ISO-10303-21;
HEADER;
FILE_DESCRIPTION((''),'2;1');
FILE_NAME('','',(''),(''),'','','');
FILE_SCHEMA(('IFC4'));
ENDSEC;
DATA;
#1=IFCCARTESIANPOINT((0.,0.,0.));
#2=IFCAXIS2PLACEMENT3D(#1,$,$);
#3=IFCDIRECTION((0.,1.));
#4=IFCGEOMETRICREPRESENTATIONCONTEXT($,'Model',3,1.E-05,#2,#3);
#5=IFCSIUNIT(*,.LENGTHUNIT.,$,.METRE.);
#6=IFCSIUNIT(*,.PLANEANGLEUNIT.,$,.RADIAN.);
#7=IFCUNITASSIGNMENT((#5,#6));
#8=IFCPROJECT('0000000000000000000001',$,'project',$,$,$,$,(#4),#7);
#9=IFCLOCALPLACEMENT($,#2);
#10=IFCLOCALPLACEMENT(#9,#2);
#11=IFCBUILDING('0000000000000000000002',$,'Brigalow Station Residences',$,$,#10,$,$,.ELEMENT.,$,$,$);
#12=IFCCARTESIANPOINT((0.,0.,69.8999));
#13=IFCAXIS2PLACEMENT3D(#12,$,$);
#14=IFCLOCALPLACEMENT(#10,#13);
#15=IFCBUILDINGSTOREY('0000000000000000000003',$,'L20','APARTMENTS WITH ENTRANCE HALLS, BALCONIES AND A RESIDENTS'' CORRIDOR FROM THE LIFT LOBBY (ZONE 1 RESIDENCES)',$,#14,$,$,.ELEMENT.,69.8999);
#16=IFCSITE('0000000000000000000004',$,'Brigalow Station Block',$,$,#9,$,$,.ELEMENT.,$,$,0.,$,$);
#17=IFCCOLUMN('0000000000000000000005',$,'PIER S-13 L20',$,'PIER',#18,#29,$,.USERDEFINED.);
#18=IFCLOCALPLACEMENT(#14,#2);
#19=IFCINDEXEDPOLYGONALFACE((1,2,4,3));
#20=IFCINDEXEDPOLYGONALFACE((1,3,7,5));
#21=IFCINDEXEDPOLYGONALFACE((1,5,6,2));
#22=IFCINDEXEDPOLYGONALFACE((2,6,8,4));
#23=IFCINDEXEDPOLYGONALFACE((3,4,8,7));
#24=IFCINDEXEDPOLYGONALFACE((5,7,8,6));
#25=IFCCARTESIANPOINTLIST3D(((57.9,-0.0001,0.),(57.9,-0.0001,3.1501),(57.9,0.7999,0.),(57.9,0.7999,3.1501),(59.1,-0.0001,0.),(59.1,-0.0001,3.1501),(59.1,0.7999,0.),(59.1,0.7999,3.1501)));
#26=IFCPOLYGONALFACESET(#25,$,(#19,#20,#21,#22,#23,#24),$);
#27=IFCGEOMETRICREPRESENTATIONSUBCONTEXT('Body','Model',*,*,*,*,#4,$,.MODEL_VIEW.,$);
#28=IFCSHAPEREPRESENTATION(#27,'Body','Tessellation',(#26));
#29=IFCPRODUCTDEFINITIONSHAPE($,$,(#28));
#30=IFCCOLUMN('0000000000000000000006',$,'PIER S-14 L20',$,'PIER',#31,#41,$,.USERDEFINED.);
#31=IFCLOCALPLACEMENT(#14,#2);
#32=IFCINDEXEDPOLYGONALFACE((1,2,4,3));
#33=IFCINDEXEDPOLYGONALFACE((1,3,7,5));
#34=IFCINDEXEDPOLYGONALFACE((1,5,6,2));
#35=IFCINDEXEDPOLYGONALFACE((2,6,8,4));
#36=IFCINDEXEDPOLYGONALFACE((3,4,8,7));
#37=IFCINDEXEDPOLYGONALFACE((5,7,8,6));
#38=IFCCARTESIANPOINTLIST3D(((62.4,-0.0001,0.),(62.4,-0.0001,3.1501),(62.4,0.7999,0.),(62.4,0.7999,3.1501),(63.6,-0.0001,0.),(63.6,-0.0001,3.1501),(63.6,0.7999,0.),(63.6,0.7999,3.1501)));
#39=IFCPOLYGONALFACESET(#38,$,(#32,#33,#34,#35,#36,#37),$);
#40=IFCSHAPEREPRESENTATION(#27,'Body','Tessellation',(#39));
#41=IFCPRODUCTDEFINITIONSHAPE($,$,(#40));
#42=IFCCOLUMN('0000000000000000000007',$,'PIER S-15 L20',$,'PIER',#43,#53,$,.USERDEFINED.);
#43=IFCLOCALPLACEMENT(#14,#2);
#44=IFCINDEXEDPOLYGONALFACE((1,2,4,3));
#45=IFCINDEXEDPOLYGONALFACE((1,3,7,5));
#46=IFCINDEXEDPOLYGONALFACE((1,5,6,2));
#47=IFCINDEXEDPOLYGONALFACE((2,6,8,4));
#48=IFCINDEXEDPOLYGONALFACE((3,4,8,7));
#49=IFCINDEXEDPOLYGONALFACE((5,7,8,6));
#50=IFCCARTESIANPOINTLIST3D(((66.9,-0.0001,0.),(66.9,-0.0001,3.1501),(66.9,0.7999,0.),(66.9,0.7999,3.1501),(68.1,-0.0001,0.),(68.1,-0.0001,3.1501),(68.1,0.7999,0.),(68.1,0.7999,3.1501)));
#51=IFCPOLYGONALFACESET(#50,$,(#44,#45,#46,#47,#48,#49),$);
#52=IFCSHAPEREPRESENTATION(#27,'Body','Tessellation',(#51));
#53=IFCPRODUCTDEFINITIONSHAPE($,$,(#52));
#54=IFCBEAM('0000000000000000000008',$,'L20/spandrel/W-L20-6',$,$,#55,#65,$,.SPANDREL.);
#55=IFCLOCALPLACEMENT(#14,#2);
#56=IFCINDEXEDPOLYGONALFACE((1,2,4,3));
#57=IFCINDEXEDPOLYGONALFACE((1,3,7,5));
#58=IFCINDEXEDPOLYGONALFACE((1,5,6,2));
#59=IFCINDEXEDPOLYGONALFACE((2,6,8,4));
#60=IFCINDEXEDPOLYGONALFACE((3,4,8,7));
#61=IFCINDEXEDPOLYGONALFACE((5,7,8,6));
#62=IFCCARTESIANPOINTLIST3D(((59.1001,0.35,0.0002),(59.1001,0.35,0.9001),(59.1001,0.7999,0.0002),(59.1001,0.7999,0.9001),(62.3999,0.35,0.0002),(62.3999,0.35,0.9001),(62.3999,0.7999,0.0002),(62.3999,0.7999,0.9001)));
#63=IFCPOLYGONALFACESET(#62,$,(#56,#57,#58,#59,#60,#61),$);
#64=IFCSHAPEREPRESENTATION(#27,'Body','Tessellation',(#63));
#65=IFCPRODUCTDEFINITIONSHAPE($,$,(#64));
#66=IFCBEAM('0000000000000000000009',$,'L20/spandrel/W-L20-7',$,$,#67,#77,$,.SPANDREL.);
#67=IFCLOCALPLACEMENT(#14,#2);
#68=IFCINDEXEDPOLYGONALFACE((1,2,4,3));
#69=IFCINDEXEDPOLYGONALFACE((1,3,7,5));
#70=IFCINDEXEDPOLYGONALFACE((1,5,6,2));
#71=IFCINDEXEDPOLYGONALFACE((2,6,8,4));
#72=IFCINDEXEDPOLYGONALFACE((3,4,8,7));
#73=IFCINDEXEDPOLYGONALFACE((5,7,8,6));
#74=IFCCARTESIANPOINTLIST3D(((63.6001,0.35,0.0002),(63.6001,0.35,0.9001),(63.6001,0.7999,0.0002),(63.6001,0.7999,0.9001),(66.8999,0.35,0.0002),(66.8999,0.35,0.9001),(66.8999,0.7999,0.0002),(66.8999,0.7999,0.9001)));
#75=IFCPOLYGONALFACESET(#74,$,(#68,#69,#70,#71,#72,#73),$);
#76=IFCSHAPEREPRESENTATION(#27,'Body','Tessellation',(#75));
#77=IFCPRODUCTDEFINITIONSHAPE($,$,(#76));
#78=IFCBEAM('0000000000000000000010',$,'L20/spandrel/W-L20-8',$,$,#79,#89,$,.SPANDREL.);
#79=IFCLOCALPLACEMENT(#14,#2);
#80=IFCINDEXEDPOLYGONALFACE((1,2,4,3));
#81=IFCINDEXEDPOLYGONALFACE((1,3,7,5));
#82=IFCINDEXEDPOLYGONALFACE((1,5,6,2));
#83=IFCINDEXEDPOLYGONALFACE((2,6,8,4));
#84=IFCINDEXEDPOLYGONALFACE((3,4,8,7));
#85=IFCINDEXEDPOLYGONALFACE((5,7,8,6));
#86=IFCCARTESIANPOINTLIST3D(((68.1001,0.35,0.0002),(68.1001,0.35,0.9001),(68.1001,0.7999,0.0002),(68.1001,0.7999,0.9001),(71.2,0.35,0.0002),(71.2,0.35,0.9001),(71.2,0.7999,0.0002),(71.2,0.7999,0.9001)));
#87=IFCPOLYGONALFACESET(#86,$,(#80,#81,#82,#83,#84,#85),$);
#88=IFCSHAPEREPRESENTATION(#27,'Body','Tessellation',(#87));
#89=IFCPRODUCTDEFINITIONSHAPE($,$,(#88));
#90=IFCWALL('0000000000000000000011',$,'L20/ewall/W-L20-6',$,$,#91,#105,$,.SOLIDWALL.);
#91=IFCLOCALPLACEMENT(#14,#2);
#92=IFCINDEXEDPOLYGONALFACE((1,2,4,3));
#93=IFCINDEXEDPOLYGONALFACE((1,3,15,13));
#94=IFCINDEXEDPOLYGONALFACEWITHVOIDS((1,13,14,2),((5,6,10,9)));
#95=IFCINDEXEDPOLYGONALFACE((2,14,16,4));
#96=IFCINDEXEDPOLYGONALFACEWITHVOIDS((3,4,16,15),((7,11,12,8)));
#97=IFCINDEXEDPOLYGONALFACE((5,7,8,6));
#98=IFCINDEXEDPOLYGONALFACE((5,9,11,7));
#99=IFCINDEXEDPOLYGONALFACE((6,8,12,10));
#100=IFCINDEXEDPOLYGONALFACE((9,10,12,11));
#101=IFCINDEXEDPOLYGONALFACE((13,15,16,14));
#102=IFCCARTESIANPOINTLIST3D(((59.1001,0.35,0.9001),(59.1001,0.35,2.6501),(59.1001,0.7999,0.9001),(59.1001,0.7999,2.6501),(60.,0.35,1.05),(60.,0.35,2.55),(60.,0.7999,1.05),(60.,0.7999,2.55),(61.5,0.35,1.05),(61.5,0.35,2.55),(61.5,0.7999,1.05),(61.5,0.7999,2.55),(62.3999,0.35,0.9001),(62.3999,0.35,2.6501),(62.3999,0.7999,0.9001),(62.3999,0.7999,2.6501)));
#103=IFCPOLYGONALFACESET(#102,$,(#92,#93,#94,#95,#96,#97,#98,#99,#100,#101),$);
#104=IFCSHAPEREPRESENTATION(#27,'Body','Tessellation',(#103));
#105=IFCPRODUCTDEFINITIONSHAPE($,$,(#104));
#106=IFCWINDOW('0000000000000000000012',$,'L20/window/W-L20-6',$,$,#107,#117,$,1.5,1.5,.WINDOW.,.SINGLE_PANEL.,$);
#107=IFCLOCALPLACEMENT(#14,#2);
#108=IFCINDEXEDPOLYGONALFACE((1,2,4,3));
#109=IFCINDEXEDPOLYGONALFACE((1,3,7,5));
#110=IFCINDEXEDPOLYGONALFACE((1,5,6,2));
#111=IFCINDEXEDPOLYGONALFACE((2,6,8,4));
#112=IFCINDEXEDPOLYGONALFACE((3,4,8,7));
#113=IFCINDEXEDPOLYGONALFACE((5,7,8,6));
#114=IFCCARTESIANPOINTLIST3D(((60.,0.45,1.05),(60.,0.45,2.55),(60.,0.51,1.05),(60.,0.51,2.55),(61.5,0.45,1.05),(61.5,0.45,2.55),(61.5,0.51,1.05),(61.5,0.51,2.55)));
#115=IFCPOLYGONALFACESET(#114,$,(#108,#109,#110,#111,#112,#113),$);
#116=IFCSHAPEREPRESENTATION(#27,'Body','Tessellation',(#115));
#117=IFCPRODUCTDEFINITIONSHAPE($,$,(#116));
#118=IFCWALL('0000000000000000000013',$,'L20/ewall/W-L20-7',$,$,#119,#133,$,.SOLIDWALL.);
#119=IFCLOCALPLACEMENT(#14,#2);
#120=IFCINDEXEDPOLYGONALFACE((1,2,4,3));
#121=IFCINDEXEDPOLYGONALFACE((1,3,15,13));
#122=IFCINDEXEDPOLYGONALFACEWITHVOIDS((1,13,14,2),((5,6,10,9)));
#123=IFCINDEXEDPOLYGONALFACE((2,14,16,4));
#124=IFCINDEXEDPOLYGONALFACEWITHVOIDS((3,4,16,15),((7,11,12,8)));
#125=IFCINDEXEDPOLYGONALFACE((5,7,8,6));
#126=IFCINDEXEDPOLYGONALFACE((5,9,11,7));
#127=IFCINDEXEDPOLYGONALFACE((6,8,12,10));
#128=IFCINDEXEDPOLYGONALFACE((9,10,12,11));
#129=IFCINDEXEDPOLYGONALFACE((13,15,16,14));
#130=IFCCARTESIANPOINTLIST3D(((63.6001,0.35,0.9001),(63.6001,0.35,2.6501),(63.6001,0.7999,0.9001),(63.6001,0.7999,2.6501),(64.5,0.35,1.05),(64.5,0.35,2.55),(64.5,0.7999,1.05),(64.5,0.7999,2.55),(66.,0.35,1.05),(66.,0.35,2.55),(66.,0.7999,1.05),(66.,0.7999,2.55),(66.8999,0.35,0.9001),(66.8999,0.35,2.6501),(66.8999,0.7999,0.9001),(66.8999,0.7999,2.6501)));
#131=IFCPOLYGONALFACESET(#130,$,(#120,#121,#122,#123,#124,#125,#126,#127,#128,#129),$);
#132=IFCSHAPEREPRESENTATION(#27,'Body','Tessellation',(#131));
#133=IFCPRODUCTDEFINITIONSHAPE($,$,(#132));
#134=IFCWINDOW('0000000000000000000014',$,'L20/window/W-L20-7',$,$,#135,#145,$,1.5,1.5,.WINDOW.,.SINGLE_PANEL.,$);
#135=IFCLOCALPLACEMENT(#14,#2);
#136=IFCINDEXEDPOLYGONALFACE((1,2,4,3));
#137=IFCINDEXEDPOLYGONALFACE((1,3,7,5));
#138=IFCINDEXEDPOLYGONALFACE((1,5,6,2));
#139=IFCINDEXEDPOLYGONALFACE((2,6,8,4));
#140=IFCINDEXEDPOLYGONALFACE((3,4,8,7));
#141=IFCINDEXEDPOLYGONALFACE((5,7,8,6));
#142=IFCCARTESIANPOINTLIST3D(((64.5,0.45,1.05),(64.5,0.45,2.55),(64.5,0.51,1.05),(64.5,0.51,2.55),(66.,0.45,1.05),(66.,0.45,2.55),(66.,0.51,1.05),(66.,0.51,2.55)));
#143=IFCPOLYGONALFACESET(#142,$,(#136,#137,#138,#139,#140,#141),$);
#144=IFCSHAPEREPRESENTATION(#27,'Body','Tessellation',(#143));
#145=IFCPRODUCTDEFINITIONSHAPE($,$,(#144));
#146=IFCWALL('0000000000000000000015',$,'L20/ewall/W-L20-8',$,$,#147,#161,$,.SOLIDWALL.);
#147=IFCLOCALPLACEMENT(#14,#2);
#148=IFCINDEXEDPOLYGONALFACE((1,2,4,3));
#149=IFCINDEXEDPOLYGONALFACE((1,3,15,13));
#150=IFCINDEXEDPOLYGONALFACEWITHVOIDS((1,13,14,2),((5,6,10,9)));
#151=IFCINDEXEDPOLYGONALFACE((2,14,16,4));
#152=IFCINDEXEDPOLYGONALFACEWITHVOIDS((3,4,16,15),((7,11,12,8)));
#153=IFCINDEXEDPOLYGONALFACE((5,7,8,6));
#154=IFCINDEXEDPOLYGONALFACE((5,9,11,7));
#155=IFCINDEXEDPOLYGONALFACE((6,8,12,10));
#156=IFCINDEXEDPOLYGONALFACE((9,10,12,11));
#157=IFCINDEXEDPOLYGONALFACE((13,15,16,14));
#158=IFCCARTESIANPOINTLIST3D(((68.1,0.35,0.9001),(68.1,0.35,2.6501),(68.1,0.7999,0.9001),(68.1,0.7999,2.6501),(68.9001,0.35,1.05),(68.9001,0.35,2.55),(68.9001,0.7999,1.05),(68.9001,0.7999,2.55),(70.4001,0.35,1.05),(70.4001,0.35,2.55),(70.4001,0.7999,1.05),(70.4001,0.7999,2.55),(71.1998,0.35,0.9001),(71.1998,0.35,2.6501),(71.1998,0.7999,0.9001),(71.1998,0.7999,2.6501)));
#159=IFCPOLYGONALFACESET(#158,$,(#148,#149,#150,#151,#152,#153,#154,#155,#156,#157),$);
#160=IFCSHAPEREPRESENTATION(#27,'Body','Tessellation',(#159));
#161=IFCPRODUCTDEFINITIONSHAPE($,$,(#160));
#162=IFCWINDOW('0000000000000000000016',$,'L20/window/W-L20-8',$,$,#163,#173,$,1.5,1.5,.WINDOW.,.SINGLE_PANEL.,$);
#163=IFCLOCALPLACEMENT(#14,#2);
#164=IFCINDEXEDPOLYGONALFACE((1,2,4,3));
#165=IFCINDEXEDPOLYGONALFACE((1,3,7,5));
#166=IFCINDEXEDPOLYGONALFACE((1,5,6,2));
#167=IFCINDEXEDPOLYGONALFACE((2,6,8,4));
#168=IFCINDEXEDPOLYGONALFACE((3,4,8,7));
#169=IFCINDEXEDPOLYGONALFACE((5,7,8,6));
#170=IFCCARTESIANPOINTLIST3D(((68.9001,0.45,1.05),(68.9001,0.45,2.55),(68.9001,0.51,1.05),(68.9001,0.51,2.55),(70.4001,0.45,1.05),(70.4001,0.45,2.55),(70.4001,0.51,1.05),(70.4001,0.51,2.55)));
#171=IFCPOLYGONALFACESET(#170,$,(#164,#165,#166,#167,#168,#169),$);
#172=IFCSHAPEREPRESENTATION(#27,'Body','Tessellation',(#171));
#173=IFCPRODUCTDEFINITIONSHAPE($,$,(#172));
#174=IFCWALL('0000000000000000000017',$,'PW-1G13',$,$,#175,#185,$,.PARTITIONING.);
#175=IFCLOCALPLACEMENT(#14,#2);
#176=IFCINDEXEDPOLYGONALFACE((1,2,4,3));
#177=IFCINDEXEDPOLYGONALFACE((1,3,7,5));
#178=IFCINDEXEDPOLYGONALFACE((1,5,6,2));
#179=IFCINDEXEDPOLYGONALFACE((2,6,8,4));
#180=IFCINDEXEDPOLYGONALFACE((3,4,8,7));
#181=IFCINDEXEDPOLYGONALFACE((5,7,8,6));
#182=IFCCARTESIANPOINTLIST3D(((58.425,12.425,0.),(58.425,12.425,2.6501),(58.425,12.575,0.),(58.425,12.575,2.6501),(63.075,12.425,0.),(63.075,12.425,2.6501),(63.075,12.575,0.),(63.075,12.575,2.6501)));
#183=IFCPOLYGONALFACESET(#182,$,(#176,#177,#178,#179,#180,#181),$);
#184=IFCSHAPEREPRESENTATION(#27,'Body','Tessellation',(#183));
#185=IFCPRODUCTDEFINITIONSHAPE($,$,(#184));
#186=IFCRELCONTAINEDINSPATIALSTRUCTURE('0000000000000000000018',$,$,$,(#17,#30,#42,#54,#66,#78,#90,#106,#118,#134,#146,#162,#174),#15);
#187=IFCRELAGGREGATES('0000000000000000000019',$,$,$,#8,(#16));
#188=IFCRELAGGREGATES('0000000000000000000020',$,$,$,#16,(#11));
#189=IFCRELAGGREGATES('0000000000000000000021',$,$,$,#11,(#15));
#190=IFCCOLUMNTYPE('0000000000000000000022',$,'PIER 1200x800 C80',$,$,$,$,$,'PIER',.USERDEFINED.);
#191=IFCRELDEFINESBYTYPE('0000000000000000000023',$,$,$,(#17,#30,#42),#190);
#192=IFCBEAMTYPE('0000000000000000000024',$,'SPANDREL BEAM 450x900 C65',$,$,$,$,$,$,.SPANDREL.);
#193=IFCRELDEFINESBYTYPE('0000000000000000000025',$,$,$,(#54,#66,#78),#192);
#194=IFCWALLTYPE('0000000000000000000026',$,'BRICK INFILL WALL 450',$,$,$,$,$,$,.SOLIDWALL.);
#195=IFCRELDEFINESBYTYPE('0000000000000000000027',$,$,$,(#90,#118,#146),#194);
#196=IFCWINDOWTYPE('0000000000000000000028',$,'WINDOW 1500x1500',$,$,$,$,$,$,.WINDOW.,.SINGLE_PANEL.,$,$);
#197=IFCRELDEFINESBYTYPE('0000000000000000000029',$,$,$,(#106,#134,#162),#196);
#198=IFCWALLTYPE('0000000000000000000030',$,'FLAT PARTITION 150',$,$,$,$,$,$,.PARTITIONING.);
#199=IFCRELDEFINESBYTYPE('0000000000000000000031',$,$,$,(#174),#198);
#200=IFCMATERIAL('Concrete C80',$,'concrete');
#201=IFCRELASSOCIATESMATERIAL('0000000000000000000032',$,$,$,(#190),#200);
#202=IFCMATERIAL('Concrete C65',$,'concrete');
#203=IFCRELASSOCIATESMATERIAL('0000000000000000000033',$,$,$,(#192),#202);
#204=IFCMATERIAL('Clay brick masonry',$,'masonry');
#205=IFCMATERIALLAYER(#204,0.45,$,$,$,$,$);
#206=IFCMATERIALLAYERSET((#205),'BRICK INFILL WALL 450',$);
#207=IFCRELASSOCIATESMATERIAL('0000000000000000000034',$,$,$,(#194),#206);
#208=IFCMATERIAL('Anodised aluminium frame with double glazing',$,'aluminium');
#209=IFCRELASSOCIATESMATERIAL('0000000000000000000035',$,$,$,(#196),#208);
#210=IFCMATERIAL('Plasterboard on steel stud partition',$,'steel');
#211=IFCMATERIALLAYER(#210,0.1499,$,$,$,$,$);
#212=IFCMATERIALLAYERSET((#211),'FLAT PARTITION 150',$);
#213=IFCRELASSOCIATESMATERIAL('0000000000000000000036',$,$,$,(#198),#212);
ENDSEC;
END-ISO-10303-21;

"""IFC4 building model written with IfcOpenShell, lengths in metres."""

from ifc_helpers import new_model, si_unit, direction, frame, frame_2d, origin, origin_2d, place, context, subcontext, project, spatial, rectangle, extrude, material, layer, layer_set, material_profile, profile_set, type_object, element, fill, save


model = new_model("IFC4")

# Units and contexts
model_context = context("Model", 3, precision=1e-05, world=origin(), true_north=direction((0.0, 1.0)))
body_context = subcontext(model_context, "Body", "Model", "MODEL_VIEW")
ifc_project = project(units=[si_unit("LENGTHUNIT", "METRE"), si_unit("PLANEANGLEUNIT", "RADIAN")], contexts=[model_context])

# Site, building, storey
site_placement = place(None, origin())
site = spatial("IfcSite", under=ifc_project, at=site_placement, Name="Brigalow Station Block", CompositionType="ELEMENT", RefElevation=0.0)
building_placement = place(site_placement, origin())
building = spatial("IfcBuilding", under=site, at=building_placement, Name="Brigalow Station Residences", CompositionType="ELEMENT")
storey_placement = place(building_placement, frame((0.0, 0.0, 69.8999)))
storey = spatial("IfcBuildingStorey", under=building, at=storey_placement, Name="L20", Description="APARTMENTS WITH ENTRANCE HALLS, BALCONIES AND A RESIDENTS' CORRIDOR FROM THE LIFT LOBBY (ZONE 1 RESIDENCES)", CompositionType="ELEMENT", Elevation=69.8999)

# Columns
ifc_material_1 = material(Name="Concrete C80", Category="concrete")
ifc_material_profile_1 = material_profile(ifc_material_1, rectangle(XDim=1.2, YDim=0.8, at=origin_2d()), Name="RC1200x800")
ifc_profile_set_1 = profile_set([ifc_material_profile_1], Name="Concrete C80")
column_type = type_object("IfcColumnType", Name="PIER 1200x800 C80", ElementType="PIER", PredefinedType="USERDEFINED", material=ifc_profile_set_1)
for number, where, z_axis, x_axis, name in (
    (1, (58.5, 0.3999, 0.0), (0.0, 0.0, 1.0), (1.0, 0.0, 0.0), "PIER S-13 L20"),
    (2, (63.0, 0.3999, 0.0), (0.0, 0.0, 1.0), (1.0, 0.0, 0.0), "PIER S-14 L20"),
    (3, (67.5, 0.3999, 0.0), (0.0, 0.0, 1.0), (1.0, 0.0, 0.0), "PIER S-15 L20"),
):
    element("IfcColumn", number, at=place(storey_placement, frame(where, z_axis=z_axis, x_axis=x_axis)), inside=storey, type_object=column_type, Name=name, ObjectType="PIER", PredefinedType="USERDEFINED", context=body_context, shape_type="SweptSolid", body=[
        extrude(rectangle(XDim=1.2, YDim=0.8, at=origin_2d()), origin(), (0.0, 0.0, 1.0), 3.1501),
    ])

# Beams
ifc_material_2 = material(Name="Concrete C65", Category="concrete")
ifc_material_profile_2 = material_profile(ifc_material_2, rectangle(XDim=0.45, YDim=0.8999, at=origin_2d()), Name="RC450x900")
ifc_profile_set_2 = profile_set([ifc_material_profile_2], Name="Concrete C65")
beam_type = type_object("IfcBeamType", Name="SPANDREL BEAM 450x900 C65", PredefinedType="SPANDREL", material=ifc_profile_set_2)
for number, where, z_axis, x_axis, name in (
    (4, (59.1001, 0.575, 0.4502), (1.0, 0.0, 0.0), (0.0, 1.0, 0.0), "L20/spandrel/W-L20-6"),
    (5, (63.6001, 0.575, 0.4502), (1.0, 0.0, 0.0), (0.0, 1.0, 0.0), "L20/spandrel/W-L20-7"),
):
    element("IfcBeam", number, at=place(storey_placement, frame(where, z_axis=z_axis, x_axis=x_axis)), inside=storey, type_object=beam_type, Name=name, PredefinedType="SPANDREL", context=body_context, shape_type="SweptSolid", body=[
        extrude(rectangle(XDim=0.45, YDim=0.8999, at=origin_2d()), origin(), (0.0, 0.0, 1.0), 3.2998),
    ])
beam_placement = place(storey_placement, frame((68.1001, 0.575, 0.4502), z_axis=(1.0, 0.0, 0.0), x_axis=(0.0, 1.0, 0.0)))
element("IfcBeam", 6, at=beam_placement, inside=storey, type_object=beam_type, Name="L20/spandrel/W-L20-8", PredefinedType="SPANDREL", context=body_context, shape_type="SweptSolid", body=[
    extrude(rectangle(XDim=0.45, YDim=0.8999, at=origin_2d()), origin(), (0.0, 0.0, 1.0), 3.0999),
])

# Walls, openings, windows
ifc_material_3 = material(Name="Clay brick masonry", Category="masonry")
ifc_layer_1 = layer(ifc_material_3, 0.45)
ifc_layer_set_1 = layer_set([ifc_layer_1], Name="BRICK INFILL WALL 450")
wall_type_1 = type_object("IfcWallType", Name="BRICK INFILL WALL 450", PredefinedType="SOLIDWALL", material=ifc_layer_set_1)
wall_1_placement = place(storey_placement, frame((59.1001, 0.575, 0.9001), z_axis=(0.0, 0.0, 1.0), x_axis=(1.0, 0.0, 0.0)))
wall_1 = element("IfcWall", 7, at=wall_1_placement, inside=storey, type_object=wall_type_1, Name="L20/ewall/W-L20-6", PredefinedType="SOLIDWALL", context=body_context, shape_type="SweptSolid", body=[
    extrude(rectangle(XDim=3.2998, YDim=0.45, at=frame_2d((1.6499, 0.0))), origin(), (0.0, 0.0, 1.0), 1.75),
])
opening_1_placement = place(wall_1_placement, frame((0.8999, 0.0, 0.1499)))
opening_1 = element("IfcOpeningElement", 8, at=opening_1_placement, cuts=wall_1, PredefinedType="OPENING", context=body_context, shape_type="SweptSolid", body=[
    extrude(rectangle(XDim=1.5, YDim=1.5, at=frame_2d((0.75, 0.75))), frame((0.0, 0.2349, 0.0), z_axis=(0.0, -1.0, 0.0), x_axis=(1.0, 0.0, 0.0)), (0.0, 0.0, 1.0), 0.47),
])
ifc_material_4 = material(Name="Anodised aluminium frame with double glazing", Category="aluminium")
window_type = type_object("IfcWindowType", Name="WINDOW 1500x1500", PartitioningType="SINGLE_PANEL", PredefinedType="WINDOW", material=ifc_material_4)
window_1_placement = place(opening_1_placement, origin())
window_1 = element("IfcWindow", 9, at=window_1_placement, inside=storey, type_object=window_type, Name="L20/window/W-L20-6", OverallHeight=1.5, OverallWidth=1.5, PartitioningType="SINGLE_PANEL", PredefinedType="WINDOW", context=body_context, shape_type="SweptSolid", body=[
    extrude(rectangle(XDim=1.5, YDim=1.5, at=frame_2d((0.75, 0.75))), frame((0.0, -0.0649, 0.0), z_axis=(0.0, -1.0, 0.0), x_axis=(1.0, 0.0, 0.0)), (0.0, 0.0, 1.0), 0.0601),
])
fill(opening_1, window_1)
wall_2_placement = place(storey_placement, frame((63.6001, 0.575, 0.9001), z_axis=(0.0, 0.0, 1.0), x_axis=(1.0, 0.0, 0.0)))
wall_2 = element("IfcWall", 10, at=wall_2_placement, inside=storey, type_object=wall_type_1, Name="L20/ewall/W-L20-7", PredefinedType="SOLIDWALL", context=body_context, shape_type="SweptSolid", body=[
    extrude(rectangle(XDim=3.2998, YDim=0.45, at=frame_2d((1.6499, 0.0))), origin(), (0.0, 0.0, 1.0), 1.75),
])
opening_2_placement = place(wall_2_placement, frame((0.8999, 0.0, 0.1499)))
opening_2 = element("IfcOpeningElement", 11, at=opening_2_placement, cuts=wall_2, PredefinedType="OPENING", context=body_context, shape_type="SweptSolid", body=[
    extrude(rectangle(XDim=1.5, YDim=1.5, at=frame_2d((0.75, 0.75))), frame((0.0, 0.2349, 0.0), z_axis=(0.0, -1.0, 0.0), x_axis=(1.0, 0.0, 0.0)), (0.0, 0.0, 1.0), 0.47),
])
window_2_placement = place(opening_2_placement, origin())
window_2 = element("IfcWindow", 12, at=window_2_placement, inside=storey, type_object=window_type, Name="L20/window/W-L20-7", OverallHeight=1.5, OverallWidth=1.5, PartitioningType="SINGLE_PANEL", PredefinedType="WINDOW", context=body_context, shape_type="SweptSolid", body=[
    extrude(rectangle(XDim=1.5, YDim=1.5, at=frame_2d((0.75, 0.75))), frame((0.0, -0.0649, 0.0), z_axis=(0.0, -1.0, 0.0), x_axis=(1.0, 0.0, 0.0)), (0.0, 0.0, 1.0), 0.0601),
])
fill(opening_2, window_2)
wall_3_placement = place(storey_placement, frame((68.1001, 0.575, 0.9001), z_axis=(0.0, 0.0, 1.0), x_axis=(1.0, 0.0, 0.0)))
wall_3 = element("IfcWall", 13, at=wall_3_placement, inside=storey, type_object=wall_type_1, Name="L20/ewall/W-L20-8", PredefinedType="SOLIDWALL", context=body_context, shape_type="SweptSolid", body=[
    extrude(rectangle(XDim=3.0999, YDim=0.45, at=frame_2d((1.5498, 0.0))), origin(), (0.0, 0.0, 1.0), 1.75),
])
opening_3_placement = place(wall_3_placement, frame((0.8, 0.0, 0.1499)))
opening_3 = element("IfcOpeningElement", 14, at=opening_3_placement, cuts=wall_3, PredefinedType="OPENING", context=body_context, shape_type="SweptSolid", body=[
    extrude(rectangle(XDim=1.5, YDim=1.5, at=frame_2d((0.75, 0.75))), frame((0.0, 0.2349, 0.0), z_axis=(0.0, -1.0, 0.0), x_axis=(1.0, 0.0, 0.0)), (0.0, 0.0, 1.0), 0.47),
])
window_3_placement = place(opening_3_placement, origin())
window_3 = element("IfcWindow", 15, at=window_3_placement, inside=storey, type_object=window_type, Name="L20/window/W-L20-8", OverallHeight=1.5, OverallWidth=1.5, PartitioningType="SINGLE_PANEL", PredefinedType="WINDOW", context=body_context, shape_type="SweptSolid", body=[
    extrude(rectangle(XDim=1.5, YDim=1.5, at=frame_2d((0.75, 0.75))), frame((0.0, -0.0649, 0.0), z_axis=(0.0, -1.0, 0.0), x_axis=(1.0, 0.0, 0.0)), (0.0, 0.0, 1.0), 0.0601),
])
fill(opening_3, window_3)

# Wall
ifc_material_5 = material(Name="Plasterboard on steel stud partition", Category="steel")
ifc_layer_2 = layer(ifc_material_5, 0.1499)
ifc_layer_set_2 = layer_set([ifc_layer_2], Name="FLAT PARTITION 150")
wall_type_2 = type_object("IfcWallType", Name="FLAT PARTITION 150", PredefinedType="PARTITIONING", material=ifc_layer_set_2)
wall_4_placement = place(storey_placement, frame((58.425, 12.5, 0.0), z_axis=(0.0, 0.0, 1.0), x_axis=(1.0, 0.0, 0.0)))
element("IfcWall", 16, at=wall_4_placement, inside=storey, type_object=wall_type_2, Name="PW-1G13", PredefinedType="PARTITIONING", context=body_context, shape_type="SweptSolid", body=[
    extrude(rectangle(XDim=4.6499, YDim=0.1499, at=frame_2d((2.325, 0.0))), origin(), (0.0, 0.0, 1.0), 2.6501),
])

save(model, "model.ifc")
